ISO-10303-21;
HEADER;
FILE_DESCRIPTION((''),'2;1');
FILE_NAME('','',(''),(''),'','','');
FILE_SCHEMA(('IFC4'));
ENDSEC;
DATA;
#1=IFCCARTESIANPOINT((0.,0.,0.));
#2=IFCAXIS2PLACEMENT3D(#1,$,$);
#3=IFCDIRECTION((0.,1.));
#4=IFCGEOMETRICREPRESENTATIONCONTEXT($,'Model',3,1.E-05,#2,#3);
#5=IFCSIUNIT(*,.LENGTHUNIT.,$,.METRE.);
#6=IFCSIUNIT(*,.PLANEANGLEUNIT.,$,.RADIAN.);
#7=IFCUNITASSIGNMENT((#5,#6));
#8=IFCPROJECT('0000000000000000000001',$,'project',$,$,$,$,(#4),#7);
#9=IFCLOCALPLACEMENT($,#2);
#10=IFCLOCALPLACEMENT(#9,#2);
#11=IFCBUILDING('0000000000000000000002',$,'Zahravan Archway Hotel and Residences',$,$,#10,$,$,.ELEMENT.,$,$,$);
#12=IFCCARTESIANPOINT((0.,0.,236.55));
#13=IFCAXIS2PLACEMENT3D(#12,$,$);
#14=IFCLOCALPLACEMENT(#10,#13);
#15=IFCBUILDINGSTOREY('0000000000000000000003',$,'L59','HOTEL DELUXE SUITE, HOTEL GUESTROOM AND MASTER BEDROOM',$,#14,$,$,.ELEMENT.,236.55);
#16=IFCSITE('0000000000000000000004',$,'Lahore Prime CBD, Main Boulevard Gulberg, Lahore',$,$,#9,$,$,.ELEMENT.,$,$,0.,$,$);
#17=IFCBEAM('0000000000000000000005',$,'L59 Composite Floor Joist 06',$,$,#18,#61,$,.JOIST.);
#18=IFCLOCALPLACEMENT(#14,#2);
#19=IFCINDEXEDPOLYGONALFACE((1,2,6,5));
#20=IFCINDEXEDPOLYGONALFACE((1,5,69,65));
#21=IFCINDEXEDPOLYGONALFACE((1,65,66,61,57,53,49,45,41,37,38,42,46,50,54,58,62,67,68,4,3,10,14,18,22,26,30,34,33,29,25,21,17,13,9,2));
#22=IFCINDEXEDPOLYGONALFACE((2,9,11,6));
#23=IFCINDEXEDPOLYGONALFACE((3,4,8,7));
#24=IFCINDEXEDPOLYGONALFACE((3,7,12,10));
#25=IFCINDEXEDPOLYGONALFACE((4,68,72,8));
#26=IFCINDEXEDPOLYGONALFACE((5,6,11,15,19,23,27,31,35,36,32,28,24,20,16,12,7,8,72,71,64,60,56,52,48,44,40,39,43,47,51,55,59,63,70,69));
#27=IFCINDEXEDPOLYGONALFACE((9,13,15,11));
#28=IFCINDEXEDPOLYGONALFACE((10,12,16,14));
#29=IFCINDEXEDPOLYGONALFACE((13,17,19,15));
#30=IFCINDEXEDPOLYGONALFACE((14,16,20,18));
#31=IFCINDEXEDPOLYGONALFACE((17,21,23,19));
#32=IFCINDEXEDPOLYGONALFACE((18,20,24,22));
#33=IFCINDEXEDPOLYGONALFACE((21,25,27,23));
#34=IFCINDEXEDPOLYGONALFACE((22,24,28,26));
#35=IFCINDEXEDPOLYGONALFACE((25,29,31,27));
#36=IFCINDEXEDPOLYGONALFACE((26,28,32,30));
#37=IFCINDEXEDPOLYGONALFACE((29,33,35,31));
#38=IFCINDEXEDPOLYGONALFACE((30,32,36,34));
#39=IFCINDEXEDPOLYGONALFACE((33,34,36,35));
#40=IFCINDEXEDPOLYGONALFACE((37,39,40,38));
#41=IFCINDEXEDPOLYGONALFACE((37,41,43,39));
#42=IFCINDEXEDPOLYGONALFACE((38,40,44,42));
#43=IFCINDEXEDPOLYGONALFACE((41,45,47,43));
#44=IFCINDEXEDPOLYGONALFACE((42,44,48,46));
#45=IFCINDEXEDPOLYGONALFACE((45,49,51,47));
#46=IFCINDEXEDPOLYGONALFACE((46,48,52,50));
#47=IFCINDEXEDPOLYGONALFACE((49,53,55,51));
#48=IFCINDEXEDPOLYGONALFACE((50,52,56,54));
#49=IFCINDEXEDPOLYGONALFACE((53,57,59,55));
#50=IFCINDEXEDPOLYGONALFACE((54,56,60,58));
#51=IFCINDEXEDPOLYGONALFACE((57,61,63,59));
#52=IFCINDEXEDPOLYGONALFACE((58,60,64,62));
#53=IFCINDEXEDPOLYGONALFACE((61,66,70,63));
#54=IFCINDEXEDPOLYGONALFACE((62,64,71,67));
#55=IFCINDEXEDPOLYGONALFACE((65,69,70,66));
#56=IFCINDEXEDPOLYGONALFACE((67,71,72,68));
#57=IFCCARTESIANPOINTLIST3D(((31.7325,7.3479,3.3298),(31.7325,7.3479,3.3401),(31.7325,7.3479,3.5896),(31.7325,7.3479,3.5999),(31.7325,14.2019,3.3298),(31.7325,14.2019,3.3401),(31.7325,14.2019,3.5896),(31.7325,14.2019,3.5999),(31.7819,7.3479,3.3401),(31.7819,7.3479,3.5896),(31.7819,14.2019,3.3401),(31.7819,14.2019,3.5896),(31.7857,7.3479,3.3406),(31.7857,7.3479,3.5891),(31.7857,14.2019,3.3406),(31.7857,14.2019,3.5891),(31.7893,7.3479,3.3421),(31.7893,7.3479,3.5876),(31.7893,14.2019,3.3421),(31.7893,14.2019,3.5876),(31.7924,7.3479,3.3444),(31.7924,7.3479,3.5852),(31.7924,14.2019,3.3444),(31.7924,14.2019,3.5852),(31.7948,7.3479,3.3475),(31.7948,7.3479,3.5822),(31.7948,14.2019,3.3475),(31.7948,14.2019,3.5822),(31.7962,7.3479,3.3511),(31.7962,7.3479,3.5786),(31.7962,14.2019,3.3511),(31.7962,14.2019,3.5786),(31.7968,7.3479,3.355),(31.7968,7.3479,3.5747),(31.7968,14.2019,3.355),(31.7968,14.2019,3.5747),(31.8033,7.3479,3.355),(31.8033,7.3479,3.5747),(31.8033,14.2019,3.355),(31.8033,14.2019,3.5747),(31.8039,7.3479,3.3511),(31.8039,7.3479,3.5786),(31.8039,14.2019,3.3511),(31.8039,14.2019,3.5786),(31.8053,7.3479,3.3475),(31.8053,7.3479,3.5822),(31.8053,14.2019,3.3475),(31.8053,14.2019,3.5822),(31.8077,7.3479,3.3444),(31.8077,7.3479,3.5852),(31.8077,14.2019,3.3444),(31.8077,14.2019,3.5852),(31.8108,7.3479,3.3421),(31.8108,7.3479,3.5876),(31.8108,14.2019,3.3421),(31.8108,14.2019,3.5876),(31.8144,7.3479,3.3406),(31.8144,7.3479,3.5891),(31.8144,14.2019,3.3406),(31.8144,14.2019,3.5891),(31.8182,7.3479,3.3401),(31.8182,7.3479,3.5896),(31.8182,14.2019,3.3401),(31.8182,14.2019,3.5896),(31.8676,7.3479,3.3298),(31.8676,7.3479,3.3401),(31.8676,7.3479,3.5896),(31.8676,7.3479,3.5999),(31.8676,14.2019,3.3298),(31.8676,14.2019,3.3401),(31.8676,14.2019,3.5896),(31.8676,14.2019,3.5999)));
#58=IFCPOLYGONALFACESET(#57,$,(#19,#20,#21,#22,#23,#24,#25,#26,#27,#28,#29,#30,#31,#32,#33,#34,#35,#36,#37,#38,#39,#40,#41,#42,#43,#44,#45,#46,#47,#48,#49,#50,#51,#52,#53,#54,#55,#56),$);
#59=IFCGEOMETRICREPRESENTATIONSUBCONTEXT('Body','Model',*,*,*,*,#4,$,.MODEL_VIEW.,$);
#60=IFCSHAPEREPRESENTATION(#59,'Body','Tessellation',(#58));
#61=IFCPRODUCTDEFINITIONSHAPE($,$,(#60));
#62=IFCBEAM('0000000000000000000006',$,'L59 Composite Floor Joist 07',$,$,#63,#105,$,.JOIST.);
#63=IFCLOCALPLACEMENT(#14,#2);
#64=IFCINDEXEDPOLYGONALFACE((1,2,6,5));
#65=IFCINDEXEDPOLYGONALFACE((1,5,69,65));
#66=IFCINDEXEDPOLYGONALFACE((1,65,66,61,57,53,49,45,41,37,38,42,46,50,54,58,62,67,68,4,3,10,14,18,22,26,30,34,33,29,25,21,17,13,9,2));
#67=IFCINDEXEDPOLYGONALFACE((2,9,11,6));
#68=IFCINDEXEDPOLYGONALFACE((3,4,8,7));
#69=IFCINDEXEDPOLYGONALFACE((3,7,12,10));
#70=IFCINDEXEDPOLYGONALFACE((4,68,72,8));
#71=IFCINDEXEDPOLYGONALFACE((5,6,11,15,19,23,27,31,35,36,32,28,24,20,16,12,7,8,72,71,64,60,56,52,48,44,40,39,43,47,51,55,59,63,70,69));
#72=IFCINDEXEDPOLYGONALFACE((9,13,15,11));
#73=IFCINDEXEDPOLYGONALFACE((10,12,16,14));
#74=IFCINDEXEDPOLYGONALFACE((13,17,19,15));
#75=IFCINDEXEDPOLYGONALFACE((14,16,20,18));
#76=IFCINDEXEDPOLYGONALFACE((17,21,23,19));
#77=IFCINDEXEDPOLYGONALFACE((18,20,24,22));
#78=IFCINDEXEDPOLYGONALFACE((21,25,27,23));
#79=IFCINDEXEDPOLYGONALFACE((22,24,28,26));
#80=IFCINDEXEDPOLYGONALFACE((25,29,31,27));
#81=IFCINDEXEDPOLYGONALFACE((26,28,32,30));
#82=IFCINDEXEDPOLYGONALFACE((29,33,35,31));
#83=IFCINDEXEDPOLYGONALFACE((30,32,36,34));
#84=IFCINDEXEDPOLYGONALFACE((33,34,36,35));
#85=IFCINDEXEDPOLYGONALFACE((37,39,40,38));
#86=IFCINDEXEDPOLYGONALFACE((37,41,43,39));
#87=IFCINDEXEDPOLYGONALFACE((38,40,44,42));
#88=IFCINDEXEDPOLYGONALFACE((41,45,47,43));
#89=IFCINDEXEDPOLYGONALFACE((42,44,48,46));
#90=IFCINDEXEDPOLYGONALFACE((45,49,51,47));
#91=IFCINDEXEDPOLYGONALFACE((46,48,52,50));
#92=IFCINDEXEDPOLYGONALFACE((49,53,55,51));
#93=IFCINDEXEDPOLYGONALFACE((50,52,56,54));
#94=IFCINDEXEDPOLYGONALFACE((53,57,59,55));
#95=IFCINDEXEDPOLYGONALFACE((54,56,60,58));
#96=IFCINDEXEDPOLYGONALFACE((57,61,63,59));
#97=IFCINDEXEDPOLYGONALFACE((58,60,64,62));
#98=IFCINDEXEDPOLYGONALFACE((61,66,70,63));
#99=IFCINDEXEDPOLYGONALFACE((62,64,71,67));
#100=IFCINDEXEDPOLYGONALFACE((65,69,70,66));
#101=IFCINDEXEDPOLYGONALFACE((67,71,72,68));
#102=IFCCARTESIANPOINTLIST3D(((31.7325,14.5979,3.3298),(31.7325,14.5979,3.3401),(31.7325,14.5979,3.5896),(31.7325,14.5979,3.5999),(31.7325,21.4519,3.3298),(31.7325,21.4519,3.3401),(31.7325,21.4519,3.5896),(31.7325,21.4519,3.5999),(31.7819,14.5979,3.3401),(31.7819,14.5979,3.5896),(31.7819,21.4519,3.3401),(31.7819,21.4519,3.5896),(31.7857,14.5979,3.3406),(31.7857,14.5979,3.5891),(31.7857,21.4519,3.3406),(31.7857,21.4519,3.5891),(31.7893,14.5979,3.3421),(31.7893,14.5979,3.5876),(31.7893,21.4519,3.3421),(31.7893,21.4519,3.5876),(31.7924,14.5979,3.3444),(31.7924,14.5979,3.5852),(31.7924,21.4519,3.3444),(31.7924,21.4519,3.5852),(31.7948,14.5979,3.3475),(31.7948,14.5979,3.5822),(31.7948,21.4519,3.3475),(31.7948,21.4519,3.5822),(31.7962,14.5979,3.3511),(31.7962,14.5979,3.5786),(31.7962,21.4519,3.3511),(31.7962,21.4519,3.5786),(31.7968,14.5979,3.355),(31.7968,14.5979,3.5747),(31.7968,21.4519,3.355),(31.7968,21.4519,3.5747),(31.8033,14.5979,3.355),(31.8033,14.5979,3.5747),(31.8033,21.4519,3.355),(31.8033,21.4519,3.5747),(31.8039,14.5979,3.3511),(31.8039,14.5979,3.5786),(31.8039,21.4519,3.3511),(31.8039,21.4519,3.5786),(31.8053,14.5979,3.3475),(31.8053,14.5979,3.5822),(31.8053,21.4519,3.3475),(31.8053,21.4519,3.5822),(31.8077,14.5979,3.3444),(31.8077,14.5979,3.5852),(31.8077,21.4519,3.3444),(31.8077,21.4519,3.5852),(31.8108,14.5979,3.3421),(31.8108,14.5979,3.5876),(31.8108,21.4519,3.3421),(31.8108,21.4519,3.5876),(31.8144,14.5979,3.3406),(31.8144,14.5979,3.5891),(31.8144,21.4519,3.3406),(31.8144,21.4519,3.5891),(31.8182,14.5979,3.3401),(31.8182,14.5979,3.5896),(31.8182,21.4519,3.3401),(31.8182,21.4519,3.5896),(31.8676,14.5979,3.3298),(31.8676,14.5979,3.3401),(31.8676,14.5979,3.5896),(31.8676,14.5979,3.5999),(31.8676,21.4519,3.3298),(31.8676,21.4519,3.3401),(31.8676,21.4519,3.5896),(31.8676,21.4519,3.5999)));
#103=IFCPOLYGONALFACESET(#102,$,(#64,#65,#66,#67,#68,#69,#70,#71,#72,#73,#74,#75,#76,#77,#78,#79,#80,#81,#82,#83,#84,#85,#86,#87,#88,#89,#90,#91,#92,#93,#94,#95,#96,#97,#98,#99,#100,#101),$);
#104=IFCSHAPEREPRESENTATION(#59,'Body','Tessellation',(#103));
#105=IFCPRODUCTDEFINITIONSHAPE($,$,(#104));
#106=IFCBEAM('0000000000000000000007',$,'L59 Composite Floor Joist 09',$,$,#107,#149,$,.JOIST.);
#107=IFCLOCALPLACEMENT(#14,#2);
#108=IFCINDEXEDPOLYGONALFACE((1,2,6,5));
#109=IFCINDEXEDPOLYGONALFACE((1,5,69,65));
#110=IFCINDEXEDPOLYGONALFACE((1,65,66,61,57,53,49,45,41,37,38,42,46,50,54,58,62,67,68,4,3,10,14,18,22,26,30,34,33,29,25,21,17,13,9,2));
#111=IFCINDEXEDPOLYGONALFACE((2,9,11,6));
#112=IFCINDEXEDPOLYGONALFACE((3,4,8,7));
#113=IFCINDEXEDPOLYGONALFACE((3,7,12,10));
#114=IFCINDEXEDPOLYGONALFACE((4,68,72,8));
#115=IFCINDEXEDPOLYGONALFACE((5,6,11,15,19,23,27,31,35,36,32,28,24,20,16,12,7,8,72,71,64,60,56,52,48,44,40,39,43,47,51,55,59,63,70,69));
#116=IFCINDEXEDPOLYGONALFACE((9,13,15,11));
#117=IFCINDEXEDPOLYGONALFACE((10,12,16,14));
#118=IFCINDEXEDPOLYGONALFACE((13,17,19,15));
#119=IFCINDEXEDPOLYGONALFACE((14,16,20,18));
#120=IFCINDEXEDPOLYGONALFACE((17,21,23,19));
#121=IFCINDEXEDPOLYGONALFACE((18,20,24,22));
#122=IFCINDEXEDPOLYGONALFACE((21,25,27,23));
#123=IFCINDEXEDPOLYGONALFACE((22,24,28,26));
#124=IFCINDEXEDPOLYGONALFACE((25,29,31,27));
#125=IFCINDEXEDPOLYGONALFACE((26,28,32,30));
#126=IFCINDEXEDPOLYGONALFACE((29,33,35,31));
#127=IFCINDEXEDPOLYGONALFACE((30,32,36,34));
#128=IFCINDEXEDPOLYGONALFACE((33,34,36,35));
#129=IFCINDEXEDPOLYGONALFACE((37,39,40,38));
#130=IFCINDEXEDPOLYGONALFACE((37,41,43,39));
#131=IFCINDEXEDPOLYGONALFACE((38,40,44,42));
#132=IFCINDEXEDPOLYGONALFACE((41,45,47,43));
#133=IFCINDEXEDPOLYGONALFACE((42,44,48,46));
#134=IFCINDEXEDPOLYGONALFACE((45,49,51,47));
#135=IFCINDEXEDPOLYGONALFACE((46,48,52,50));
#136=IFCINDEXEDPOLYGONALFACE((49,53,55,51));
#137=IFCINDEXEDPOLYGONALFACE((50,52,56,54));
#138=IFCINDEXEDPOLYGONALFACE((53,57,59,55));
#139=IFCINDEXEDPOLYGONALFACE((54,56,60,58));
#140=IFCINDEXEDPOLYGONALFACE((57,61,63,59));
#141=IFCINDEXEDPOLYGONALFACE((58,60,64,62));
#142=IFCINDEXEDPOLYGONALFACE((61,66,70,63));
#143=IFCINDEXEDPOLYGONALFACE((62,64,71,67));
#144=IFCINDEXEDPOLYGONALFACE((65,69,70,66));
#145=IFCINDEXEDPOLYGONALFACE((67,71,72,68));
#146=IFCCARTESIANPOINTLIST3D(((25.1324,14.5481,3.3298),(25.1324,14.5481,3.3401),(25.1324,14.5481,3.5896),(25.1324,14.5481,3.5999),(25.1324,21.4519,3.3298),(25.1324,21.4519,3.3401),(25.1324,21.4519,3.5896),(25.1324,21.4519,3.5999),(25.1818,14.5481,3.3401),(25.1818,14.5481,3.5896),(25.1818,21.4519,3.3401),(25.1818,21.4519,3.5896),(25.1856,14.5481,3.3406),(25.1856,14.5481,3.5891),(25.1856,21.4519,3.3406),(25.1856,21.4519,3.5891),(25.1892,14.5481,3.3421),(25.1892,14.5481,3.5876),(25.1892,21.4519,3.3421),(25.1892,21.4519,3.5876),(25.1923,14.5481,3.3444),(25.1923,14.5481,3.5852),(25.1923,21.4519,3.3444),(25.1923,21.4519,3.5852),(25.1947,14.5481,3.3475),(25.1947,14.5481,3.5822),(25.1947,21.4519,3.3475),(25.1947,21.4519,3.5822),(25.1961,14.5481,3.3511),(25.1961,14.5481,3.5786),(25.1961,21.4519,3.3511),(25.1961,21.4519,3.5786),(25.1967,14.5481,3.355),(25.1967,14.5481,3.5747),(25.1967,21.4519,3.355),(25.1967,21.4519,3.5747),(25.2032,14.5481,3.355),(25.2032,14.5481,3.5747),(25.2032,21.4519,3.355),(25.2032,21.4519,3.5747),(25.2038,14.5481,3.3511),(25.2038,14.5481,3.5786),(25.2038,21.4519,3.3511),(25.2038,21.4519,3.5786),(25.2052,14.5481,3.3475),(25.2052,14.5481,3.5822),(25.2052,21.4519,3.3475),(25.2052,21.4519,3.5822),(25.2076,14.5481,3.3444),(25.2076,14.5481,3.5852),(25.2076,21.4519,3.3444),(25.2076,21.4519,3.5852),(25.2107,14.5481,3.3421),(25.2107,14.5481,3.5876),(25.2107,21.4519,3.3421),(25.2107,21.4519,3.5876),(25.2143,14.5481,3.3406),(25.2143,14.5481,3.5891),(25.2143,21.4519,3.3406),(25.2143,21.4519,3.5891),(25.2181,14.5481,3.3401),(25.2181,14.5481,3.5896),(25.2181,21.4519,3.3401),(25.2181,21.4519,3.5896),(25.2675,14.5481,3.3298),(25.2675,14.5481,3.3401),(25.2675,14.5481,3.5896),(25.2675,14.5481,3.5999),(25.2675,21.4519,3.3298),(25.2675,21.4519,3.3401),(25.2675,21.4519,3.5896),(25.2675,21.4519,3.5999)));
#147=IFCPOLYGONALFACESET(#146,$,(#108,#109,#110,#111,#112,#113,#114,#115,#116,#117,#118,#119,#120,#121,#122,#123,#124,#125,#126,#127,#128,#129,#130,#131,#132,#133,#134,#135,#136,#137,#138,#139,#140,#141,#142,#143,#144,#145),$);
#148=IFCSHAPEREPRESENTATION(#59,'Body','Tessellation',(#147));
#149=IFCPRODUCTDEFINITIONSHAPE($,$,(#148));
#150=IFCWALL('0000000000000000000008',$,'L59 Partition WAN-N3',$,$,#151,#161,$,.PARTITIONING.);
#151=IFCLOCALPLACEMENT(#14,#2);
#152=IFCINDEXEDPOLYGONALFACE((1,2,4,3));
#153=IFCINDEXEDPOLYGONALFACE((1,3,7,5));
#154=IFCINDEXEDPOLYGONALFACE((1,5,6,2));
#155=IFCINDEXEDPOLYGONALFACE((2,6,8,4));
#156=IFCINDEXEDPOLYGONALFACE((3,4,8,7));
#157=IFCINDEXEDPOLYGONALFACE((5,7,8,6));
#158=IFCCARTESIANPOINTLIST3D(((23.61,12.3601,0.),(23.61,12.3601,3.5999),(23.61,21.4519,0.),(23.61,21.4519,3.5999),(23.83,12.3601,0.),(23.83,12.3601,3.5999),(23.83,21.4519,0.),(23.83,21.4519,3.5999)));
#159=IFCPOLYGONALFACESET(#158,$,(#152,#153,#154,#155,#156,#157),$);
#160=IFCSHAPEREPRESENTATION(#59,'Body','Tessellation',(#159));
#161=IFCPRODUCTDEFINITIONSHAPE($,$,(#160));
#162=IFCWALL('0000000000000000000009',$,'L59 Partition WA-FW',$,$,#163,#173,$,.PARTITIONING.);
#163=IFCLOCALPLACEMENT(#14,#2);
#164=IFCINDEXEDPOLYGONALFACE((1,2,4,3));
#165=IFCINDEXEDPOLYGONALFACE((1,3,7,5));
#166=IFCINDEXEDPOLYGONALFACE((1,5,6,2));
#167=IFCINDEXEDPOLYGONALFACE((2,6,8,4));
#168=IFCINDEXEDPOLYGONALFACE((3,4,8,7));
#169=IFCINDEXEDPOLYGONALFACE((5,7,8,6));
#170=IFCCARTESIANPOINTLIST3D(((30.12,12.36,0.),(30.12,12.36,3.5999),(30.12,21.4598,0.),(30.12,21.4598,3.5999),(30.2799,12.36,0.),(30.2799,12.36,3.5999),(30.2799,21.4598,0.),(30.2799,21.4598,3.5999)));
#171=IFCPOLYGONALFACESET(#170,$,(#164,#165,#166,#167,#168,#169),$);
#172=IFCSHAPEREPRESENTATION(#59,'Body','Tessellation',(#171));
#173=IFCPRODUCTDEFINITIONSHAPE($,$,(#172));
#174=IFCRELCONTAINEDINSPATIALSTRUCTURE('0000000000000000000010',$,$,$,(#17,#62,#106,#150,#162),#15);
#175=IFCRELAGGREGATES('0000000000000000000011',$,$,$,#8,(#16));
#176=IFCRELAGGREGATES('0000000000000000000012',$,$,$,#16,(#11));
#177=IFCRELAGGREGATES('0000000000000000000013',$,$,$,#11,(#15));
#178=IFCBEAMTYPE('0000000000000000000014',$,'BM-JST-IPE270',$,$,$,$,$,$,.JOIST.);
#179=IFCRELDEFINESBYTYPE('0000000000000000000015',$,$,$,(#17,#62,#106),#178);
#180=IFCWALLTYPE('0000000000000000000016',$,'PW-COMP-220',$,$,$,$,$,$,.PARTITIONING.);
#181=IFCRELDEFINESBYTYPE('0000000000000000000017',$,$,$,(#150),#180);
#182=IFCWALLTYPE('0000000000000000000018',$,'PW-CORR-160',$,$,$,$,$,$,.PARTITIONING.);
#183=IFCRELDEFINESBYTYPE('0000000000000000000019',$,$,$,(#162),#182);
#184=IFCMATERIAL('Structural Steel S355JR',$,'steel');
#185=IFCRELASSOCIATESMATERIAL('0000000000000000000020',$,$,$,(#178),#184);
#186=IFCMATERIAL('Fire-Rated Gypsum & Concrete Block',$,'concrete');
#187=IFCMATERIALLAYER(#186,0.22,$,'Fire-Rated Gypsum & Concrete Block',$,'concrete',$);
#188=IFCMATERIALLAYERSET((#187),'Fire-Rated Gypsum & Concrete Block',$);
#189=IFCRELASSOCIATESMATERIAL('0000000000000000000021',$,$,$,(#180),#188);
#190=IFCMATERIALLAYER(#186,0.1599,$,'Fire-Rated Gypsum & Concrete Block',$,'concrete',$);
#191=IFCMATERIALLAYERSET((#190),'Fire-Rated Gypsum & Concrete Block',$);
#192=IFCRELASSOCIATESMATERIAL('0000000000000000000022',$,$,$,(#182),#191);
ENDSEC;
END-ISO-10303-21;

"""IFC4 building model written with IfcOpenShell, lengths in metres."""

from ifc_helpers import new_model, si_unit, direction, frame, frame_2d, origin, origin_2d, place, context, subcontext, project, spatial, rectangle, i_section, extrude, source, transform, mapped, material, layer, layer_set, material_profile, profile_set, type_object, element, save


model = new_model("IFC4")

# Units and contexts
model_context = context("Model", 3, precision=1e-05, world=origin(), true_north=direction((0.0, 1.0)))
body_context = subcontext(model_context, "Body", "Model", "MODEL_VIEW")
ifc_project = project(units=[si_unit("LENGTHUNIT", "METRE"), si_unit("PLANEANGLEUNIT", "RADIAN")], contexts=[model_context])

# Site, building, storey
site_placement = place(None, origin())
site = spatial("IfcSite", under=ifc_project, at=site_placement, Name="Lahore Prime CBD, Main Boulevard Gulberg, Lahore", CompositionType="ELEMENT", RefElevation=0.0)
building_placement = place(site_placement, origin())
building = spatial("IfcBuilding", under=site, at=building_placement, Name="Zahravan Archway Hotel and Residences", CompositionType="ELEMENT")
storey_placement = place(building_placement, frame((0.0, 0.0, 236.55)))
storey = spatial("IfcBuildingStorey", under=building, at=storey_placement, Name="L59", Description="HOTEL DELUXE SUITE, HOTEL GUESTROOM AND MASTER BEDROOM", CompositionType="ELEMENT", Elevation=236.55)

# Beams
ifc_material_1 = material(Name="Structural Steel S355JR", Category="steel")
ifc_material_profile_1 = material_profile(ifc_material_1, i_section(OverallWidth=0.135, OverallDepth=0.27, WebThickness=0.0066, FlangeThickness=0.0103, FilletRadius=0.0149, at=origin_2d()), Name="IPE 270", Category="steel")
ifc_profile_set_1 = profile_set([ifc_material_profile_1], Name="Structural Steel S355JR")
beam_type_1 = type_object("IfcBeamType", Name="BM-JST-IPE270", PredefinedType="JOIST", material=ifc_profile_set_1)
shared_shape_1 = source(origin(), body_context, "Body", "SweptSolid", [
    extrude(i_section(OverallWidth=0.135, OverallDepth=0.27, WebThickness=0.0066, FlangeThickness=0.0103, FilletRadius=0.0149, at=origin_2d()), origin(), (0.0, 0.0, 1.0), 6.854),
])
for number, where, z_axis, x_axis, name in (
    (1, (31.8, 7.3479, 3.4648), (0.0, 1.0, 0.0), (-1.0, 0.0, 0.0), "L59 Composite Floor Joist 06"),
    (2, (31.8, 14.5979, 3.4648), (0.0, 1.0, 0.0), (-1.0, 0.0, 0.0), "L59 Composite Floor Joist 07"),
):
    element("IfcBeam", number, at=place(storey_placement, frame(where, z_axis=z_axis, x_axis=x_axis)), inside=storey, type_object=beam_type_1, Name=name, PredefinedType="JOIST", context=body_context, shape_type="MappedRepresentation", body=[
        mapped(shared_shape_1, transform((0.0, 0.0, 0.0), scale=1.0)),
    ])
shared_shape_2 = source(origin(), body_context, "Body", "SweptSolid", [
    extrude(i_section(OverallWidth=0.135, OverallDepth=0.27, WebThickness=0.0066, FlangeThickness=0.0103, FilletRadius=0.0149, at=origin_2d()), origin(), (0.0, 0.0, 1.0), 6.9038),
])
beam_1_placement = place(storey_placement, frame((25.2, 14.5481, 3.4648), z_axis=(0.0, 1.0, 0.0), x_axis=(-1.0, 0.0, 0.0)))
element("IfcBeam", 3, at=beam_1_placement, inside=storey, type_object=beam_type_1, Name="L59 Composite Floor Joist 09", PredefinedType="JOIST", context=body_context, shape_type="MappedRepresentation", body=[
    mapped(shared_shape_2, transform((0.0, 0.0, 0.0), scale=1.0)),
])

# Walls
ifc_material_2 = material(Name="Fire-Rated Gypsum & Concrete Block", Category="concrete")
ifc_layer_1 = layer(ifc_material_2, 0.22, Name="Fire-Rated Gypsum & Concrete Block", Category="concrete")
ifc_layer_set_1 = layer_set([ifc_layer_1], Name="Fire-Rated Gypsum & Concrete Block")
wall_type_1 = type_object("IfcWallType", Name="PW-COMP-220", PredefinedType="PARTITIONING", material=ifc_layer_set_1)
wall_1_placement = place(storey_placement, frame((23.72, 12.3601, 0.0), z_axis=(0.0, 0.0, 1.0), x_axis=(0.0, 1.0, 0.0)))
element("IfcWall", 4, at=wall_1_placement, inside=storey, type_object=wall_type_1, Name="L59 Partition WAN-N3", PredefinedType="PARTITIONING", context=body_context, shape_type="SweptSolid", body=[
    extrude(rectangle(XDim=9.0918, YDim=0.22, at=frame_2d((4.5459, 0.0))), origin(), (0.0, 0.0, 1.0), 3.5999),
])
ifc_layer_2 = layer(ifc_material_2, 0.1599, Name="Fire-Rated Gypsum & Concrete Block", Category="concrete")
ifc_layer_set_2 = layer_set([ifc_layer_2], Name="Fire-Rated Gypsum & Concrete Block")
wall_type_2 = type_object("IfcWallType", Name="PW-CORR-160", PredefinedType="PARTITIONING", material=ifc_layer_set_2)
wall_2_placement = place(storey_placement, frame((30.2, 12.3601, 0.0), z_axis=(0.0, 0.0, 1.0), x_axis=(0.0, 1.0, 0.0)))
element("IfcWall", 5, at=wall_2_placement, inside=storey, type_object=wall_type_2, Name="L59 Partition WA-FW", PredefinedType="PARTITIONING", context=body_context, shape_type="SweptSolid", body=[
    extrude(rectangle(XDim=9.0999, YDim=0.1599, at=frame_2d((4.5498, 0.0))), origin(), (0.0, 0.0, 1.0), 3.5999),
])

save(model, "model.ifc")
